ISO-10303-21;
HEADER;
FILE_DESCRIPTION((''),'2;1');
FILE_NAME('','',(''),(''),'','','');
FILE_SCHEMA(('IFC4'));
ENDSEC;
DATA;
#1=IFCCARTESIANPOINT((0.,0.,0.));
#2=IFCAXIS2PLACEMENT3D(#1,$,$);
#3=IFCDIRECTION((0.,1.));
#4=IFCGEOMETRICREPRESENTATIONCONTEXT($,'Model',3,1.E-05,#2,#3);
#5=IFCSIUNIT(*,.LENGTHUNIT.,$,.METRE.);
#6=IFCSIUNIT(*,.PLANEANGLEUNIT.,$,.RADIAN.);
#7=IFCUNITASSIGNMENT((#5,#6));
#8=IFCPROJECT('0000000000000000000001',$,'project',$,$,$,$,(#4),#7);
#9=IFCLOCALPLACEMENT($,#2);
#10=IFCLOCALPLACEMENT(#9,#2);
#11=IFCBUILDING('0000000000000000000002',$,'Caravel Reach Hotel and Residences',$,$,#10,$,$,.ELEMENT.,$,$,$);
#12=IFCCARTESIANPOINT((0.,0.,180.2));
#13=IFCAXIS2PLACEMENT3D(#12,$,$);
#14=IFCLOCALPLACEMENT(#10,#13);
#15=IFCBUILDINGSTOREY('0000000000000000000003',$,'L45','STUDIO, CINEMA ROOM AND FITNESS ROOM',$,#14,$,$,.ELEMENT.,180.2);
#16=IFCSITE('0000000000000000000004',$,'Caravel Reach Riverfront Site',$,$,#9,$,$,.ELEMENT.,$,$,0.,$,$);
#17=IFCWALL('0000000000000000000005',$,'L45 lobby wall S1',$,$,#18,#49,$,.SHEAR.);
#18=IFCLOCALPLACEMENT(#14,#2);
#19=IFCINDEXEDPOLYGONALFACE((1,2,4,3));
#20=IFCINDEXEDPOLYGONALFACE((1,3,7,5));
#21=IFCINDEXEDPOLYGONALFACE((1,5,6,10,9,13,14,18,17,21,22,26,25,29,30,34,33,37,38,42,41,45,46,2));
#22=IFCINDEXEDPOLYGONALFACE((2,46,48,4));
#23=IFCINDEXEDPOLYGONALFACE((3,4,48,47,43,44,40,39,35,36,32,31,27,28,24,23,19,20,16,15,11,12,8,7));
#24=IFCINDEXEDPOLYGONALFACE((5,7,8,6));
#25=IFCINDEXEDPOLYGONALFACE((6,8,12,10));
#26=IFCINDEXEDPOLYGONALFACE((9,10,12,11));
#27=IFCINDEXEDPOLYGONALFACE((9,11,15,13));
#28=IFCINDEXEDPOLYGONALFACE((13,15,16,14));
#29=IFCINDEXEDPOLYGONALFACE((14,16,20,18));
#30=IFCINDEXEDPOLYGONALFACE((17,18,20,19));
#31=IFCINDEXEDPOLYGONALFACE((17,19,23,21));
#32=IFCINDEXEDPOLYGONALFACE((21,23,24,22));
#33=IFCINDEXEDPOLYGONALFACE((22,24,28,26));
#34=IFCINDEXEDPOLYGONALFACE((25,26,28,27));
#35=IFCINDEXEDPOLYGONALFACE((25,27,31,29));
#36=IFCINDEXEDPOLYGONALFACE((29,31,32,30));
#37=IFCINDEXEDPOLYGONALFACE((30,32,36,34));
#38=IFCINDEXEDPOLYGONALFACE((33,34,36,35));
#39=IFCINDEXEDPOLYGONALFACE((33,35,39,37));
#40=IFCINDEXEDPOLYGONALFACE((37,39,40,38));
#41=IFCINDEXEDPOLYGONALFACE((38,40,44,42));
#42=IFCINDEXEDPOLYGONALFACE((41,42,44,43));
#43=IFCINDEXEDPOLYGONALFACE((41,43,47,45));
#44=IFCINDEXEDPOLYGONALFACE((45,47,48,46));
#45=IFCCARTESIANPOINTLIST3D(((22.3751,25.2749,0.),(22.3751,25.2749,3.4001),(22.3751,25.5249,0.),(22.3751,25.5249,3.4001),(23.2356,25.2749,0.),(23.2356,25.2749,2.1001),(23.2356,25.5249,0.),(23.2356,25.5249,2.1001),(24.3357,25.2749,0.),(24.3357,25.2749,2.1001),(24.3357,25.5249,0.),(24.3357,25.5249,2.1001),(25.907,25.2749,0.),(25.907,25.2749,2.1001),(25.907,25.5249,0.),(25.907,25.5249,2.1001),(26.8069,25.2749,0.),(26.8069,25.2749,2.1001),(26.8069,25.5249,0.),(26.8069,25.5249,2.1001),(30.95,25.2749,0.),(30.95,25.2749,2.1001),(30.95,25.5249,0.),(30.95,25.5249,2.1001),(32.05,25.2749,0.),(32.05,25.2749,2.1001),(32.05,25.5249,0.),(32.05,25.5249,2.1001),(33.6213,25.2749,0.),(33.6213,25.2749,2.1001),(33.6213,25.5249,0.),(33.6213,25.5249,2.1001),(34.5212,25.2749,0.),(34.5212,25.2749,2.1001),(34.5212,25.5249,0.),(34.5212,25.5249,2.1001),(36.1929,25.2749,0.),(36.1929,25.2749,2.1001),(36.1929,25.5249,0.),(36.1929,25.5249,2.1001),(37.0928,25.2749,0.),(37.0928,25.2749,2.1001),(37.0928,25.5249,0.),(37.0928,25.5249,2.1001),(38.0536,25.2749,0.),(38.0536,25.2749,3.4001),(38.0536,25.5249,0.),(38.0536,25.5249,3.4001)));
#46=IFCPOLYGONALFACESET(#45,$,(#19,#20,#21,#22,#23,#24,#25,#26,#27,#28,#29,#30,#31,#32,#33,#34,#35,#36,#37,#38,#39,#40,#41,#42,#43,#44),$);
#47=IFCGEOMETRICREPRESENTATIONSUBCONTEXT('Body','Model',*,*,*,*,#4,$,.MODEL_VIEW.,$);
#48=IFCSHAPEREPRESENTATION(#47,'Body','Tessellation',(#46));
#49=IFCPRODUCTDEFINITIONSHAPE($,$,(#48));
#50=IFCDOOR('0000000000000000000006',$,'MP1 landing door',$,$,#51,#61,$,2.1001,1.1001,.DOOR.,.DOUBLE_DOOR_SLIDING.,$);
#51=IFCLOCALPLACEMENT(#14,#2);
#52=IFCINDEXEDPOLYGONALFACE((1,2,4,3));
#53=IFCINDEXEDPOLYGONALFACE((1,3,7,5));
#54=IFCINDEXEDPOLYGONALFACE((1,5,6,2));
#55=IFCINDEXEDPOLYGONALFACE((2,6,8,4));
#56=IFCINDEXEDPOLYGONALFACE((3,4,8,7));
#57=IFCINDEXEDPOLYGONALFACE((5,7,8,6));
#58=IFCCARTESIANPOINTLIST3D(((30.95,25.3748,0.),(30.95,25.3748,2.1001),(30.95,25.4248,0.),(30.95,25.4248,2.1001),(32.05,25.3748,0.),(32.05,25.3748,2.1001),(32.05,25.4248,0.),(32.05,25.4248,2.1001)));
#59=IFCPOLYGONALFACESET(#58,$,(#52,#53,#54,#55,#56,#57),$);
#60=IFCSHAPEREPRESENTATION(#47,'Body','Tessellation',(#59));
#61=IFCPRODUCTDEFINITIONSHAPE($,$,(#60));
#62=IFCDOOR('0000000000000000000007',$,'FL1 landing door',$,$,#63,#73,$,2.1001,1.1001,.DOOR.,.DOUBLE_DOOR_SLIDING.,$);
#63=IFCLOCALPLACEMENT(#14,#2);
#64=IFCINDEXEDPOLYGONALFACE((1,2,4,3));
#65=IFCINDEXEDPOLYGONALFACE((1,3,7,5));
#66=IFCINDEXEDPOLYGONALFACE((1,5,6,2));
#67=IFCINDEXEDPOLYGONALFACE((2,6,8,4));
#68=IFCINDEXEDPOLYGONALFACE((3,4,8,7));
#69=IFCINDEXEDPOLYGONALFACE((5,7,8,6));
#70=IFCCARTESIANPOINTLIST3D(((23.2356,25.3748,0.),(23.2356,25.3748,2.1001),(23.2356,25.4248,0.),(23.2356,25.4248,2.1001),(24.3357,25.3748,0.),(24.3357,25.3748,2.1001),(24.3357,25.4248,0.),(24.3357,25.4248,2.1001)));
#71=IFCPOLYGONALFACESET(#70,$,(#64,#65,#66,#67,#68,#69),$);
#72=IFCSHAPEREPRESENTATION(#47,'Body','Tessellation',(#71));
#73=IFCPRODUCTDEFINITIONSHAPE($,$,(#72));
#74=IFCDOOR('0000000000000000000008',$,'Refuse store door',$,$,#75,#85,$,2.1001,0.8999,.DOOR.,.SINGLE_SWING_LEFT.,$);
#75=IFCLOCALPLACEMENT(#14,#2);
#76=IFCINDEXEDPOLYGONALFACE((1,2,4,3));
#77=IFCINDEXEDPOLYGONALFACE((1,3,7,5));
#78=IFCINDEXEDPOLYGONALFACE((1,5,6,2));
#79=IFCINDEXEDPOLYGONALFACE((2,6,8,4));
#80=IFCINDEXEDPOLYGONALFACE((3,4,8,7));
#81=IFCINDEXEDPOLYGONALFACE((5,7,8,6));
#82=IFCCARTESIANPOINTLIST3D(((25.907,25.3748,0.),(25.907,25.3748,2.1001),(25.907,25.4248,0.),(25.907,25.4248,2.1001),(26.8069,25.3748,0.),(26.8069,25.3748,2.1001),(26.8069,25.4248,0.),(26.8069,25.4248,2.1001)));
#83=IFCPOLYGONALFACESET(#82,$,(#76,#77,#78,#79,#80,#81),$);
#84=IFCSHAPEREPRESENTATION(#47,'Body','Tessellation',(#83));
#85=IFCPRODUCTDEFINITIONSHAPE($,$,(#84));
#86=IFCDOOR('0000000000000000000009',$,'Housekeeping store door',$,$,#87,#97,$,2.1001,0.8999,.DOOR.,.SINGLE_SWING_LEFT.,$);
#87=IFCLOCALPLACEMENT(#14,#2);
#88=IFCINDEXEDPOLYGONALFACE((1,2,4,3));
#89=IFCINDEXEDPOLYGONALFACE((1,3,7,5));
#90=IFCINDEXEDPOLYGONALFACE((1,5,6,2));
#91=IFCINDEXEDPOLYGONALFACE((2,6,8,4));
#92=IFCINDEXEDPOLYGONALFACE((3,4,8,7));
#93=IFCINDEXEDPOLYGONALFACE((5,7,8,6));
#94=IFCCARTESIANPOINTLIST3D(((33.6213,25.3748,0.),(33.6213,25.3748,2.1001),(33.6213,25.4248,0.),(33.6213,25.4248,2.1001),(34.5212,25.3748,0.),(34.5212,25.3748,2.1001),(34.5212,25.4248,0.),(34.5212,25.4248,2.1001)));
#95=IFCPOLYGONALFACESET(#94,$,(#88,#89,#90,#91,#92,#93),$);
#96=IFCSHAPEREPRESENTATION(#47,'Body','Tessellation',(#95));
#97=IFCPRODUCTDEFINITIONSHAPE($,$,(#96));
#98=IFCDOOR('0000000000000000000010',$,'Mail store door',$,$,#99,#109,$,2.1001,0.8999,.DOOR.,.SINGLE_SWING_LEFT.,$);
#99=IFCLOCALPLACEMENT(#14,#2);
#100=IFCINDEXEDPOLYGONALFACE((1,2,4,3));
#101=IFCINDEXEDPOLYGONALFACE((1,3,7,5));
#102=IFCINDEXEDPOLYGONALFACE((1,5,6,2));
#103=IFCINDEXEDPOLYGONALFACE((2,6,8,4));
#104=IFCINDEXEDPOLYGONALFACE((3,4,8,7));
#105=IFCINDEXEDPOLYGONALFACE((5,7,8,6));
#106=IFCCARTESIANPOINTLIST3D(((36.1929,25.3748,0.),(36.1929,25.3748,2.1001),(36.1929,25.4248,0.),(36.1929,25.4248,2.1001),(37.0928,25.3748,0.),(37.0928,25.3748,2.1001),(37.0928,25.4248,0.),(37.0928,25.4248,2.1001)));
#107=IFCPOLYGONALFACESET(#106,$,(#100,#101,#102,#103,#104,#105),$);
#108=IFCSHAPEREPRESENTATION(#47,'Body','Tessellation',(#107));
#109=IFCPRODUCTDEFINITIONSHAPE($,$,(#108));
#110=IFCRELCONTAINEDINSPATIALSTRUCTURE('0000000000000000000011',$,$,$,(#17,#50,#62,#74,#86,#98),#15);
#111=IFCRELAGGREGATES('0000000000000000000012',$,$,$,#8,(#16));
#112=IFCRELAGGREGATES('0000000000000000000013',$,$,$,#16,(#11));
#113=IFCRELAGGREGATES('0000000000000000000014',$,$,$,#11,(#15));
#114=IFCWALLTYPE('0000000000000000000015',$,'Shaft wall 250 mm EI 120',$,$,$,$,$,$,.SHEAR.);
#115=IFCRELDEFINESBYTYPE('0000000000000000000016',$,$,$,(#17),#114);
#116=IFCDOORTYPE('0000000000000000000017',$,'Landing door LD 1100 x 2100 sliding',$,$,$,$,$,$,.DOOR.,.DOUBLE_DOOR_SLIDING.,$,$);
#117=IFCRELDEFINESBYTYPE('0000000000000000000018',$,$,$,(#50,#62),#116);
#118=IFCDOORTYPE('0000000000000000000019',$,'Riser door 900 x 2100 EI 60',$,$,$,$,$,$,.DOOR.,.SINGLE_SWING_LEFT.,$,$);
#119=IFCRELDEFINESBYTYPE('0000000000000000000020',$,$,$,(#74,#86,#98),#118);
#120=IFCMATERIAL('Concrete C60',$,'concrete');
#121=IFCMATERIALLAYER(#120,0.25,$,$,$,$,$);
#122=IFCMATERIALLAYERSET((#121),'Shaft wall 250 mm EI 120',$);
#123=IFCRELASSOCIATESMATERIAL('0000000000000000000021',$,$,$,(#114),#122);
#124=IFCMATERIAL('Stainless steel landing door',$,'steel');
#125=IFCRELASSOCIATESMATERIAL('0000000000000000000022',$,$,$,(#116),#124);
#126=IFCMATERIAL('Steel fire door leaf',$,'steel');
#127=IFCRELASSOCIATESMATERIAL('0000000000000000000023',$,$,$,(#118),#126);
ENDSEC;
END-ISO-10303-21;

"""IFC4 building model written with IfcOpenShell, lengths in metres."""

from ifc_helpers import new_model, si_unit, direction, frame, frame_2d, origin, place, context, subcontext, project, spatial, rectangle, extrude, material, layer, layer_set, type_object, element, fill, save


model = new_model("IFC4")

# Units and contexts
model_context = context("Model", 3, precision=1e-05, world=origin(), true_north=direction((0.0, 1.0)))
body_context = subcontext(model_context, "Body", "Model", "MODEL_VIEW")
ifc_project = project(units=[si_unit("LENGTHUNIT", "METRE"), si_unit("PLANEANGLEUNIT", "RADIAN")], contexts=[model_context])

# Site, building, storey
site_placement = place(None, origin())
site = spatial("IfcSite", under=ifc_project, at=site_placement, Name="Caravel Reach Riverfront Site", CompositionType="ELEMENT", RefElevation=0.0)
building_placement = place(site_placement, origin())
building = spatial("IfcBuilding", under=site, at=building_placement, Name="Caravel Reach Hotel and Residences", CompositionType="ELEMENT")
storey_placement = place(building_placement, frame((0.0, 0.0, 180.2)))
storey = spatial("IfcBuildingStorey", under=building, at=storey_placement, Name="L45", Description="STUDIO, CINEMA ROOM AND FITNESS ROOM", CompositionType="ELEMENT", Elevation=180.2)

# Wall, openings, doors
ifc_material_1 = material(Name="Concrete C60", Category="concrete")
ifc_layer_1 = layer(ifc_material_1, 0.25)
ifc_layer_set_1 = layer_set([ifc_layer_1], Name="Shaft wall 250 mm EI 120")
wall_type_1 = type_object("IfcWallType", Name="Shaft wall 250 mm EI 120", PredefinedType="SHEAR", material=ifc_layer_set_1)
wall_1_placement = place(storey_placement, frame((22.375, 25.3999, 0.0), z_axis=(0.0, 0.0, 1.0), x_axis=(1.0, 0.0, 0.0)))
wall_1 = element("IfcWall", 1, at=wall_1_placement, inside=storey, type_object=wall_type_1, Name="L45 lobby wall S1", PredefinedType="SHEAR", context=body_context, shape_type="SweptSolid", body=[
    extrude(rectangle(XDim=15.6785, YDim=0.25, at=frame_2d((7.8394, 0.0))), origin(), (0.0, 0.0, 1.0), 3.4001),
])
opening_1_placement = place(wall_1_placement, frame((8.575, 0.0, 0.0)))
opening_1 = element("IfcOpeningElement", 2, at=opening_1_placement, cuts=wall_1, PredefinedType="OPENING", context=body_context, shape_type="SweptSolid", body=[
    extrude(rectangle(XDim=1.1001, YDim=2.1001, at=frame_2d((0.55, 1.05))), frame((0.0, 0.135, 0.0), z_axis=(0.0, -1.0, 0.0), x_axis=(1.0, 0.0, 0.0)), (0.0, 0.0, 1.0), 0.27),
])
opening_2_placement = place(wall_1_placement, frame((0.8606, 0.0, 0.0)))
opening_2 = element("IfcOpeningElement", 3, at=opening_2_placement, cuts=wall_1, PredefinedType="OPENING", context=body_context, shape_type="SweptSolid", body=[
    extrude(rectangle(XDim=1.1001, YDim=2.1001, at=frame_2d((0.55, 1.05))), frame((0.0, 0.135, 0.0), z_axis=(0.0, -1.0, 0.0), x_axis=(1.0, 0.0, 0.0)), (0.0, 0.0, 1.0), 0.27),
])
opening_3_placement = place(wall_1_placement, frame((3.532, 0.0, 0.0)))
opening_3 = element("IfcOpeningElement", 4, at=opening_3_placement, cuts=wall_1, PredefinedType="OPENING", context=body_context, shape_type="SweptSolid", body=[
    extrude(rectangle(XDim=0.8999, YDim=2.1001, at=frame_2d((0.45, 1.05))), frame((0.0, 0.135, 0.0), z_axis=(0.0, -1.0, 0.0), x_axis=(1.0, 0.0, 0.0)), (0.0, 0.0, 1.0), 0.27),
])
opening_4_placement = place(wall_1_placement, frame((11.2463, 0.0, 0.0)))
opening_4 = element("IfcOpeningElement", 5, at=opening_4_placement, cuts=wall_1, PredefinedType="OPENING", context=body_context, shape_type="SweptSolid", body=[
    extrude(rectangle(XDim=0.8999, YDim=2.1001, at=frame_2d((0.45, 1.05))), frame((0.0, 0.135, 0.0), z_axis=(0.0, -1.0, 0.0), x_axis=(1.0, 0.0, 0.0)), (0.0, 0.0, 1.0), 0.27),
])
opening_5_placement = place(wall_1_placement, frame((13.8179, 0.0, 0.0)))
opening_5 = element("IfcOpeningElement", 6, at=opening_5_placement, cuts=wall_1, PredefinedType="OPENING", context=body_context, shape_type="SweptSolid", body=[
    extrude(rectangle(XDim=0.8999, YDim=2.1001, at=frame_2d((0.45, 1.05))), frame((0.0, 0.135, 0.0), z_axis=(0.0, -1.0, 0.0), x_axis=(1.0, 0.0, 0.0)), (0.0, 0.0, 1.0), 0.27),
])
ifc_material_2 = material(Name="Stainless steel landing door", Category="steel")
door_type_1 = type_object("IfcDoorType", Name="Landing door LD 1100 x 2100 sliding", OperationType="DOUBLE_DOOR_SLIDING", PredefinedType="DOOR", material=ifc_material_2)
door_1_placement = place(opening_1_placement, origin())
door_1 = element("IfcDoor", 7, at=door_1_placement, inside=storey, type_object=door_type_1, Name="MP1 landing door", OperationType="DOUBLE_DOOR_SLIDING", OverallHeight=2.1001, OverallWidth=1.1001, PredefinedType="DOOR", context=body_context, shape_type="SweptSolid", body=[
    extrude(rectangle(XDim=1.1001, YDim=2.1001, at=frame_2d((0.55, 1.05))), frame((0.0, 0.0249, 0.0), z_axis=(0.0, -1.0, 0.0), x_axis=(1.0, 0.0, 0.0)), (0.0, 0.0, 1.0), 0.05),
])
fill(opening_1, door_1)
door_2_placement = place(opening_2_placement, origin())
door_2 = element("IfcDoor", 8, at=door_2_placement, inside=storey, type_object=door_type_1, Name="FL1 landing door", OperationType="DOUBLE_DOOR_SLIDING", OverallHeight=2.1001, OverallWidth=1.1001, PredefinedType="DOOR", context=body_context, shape_type="SweptSolid", body=[
    extrude(rectangle(XDim=1.1001, YDim=2.1001, at=frame_2d((0.55, 1.05))), frame((0.0, 0.0249, 0.0), z_axis=(0.0, -1.0, 0.0), x_axis=(1.0, 0.0, 0.0)), (0.0, 0.0, 1.0), 0.05),
])
fill(opening_2, door_2)
ifc_material_3 = material(Name="Steel fire door leaf", Category="steel")
door_type_2 = type_object("IfcDoorType", Name="Riser door 900 x 2100 EI 60", OperationType="SINGLE_SWING_LEFT", PredefinedType="DOOR", material=ifc_material_3)
door_3_placement = place(opening_3_placement, origin())
door_3 = element("IfcDoor", 9, at=door_3_placement, inside=storey, type_object=door_type_2, Name="Refuse store door", OperationType="SINGLE_SWING_LEFT", OverallHeight=2.1001, OverallWidth=0.8999, PredefinedType="DOOR", context=body_context, shape_type="SweptSolid", body=[
    extrude(rectangle(XDim=0.8999, YDim=2.1001, at=frame_2d((0.45, 1.05))), frame((0.0, 0.0249, 0.0), z_axis=(0.0, -1.0, 0.0), x_axis=(1.0, 0.0, 0.0)), (0.0, 0.0, 1.0), 0.05),
])
fill(opening_3, door_3)
door_4_placement = place(opening_4_placement, origin())
door_4 = element("IfcDoor", 10, at=door_4_placement, inside=storey, type_object=door_type_2, Name="Housekeeping store door", OperationType="SINGLE_SWING_LEFT", OverallHeight=2.1001, OverallWidth=0.8999, PredefinedType="DOOR", context=body_context, shape_type="SweptSolid", body=[
    extrude(rectangle(XDim=0.8999, YDim=2.1001, at=frame_2d((0.45, 1.05))), frame((0.0, 0.0249, 0.0), z_axis=(0.0, -1.0, 0.0), x_axis=(1.0, 0.0, 0.0)), (0.0, 0.0, 1.0), 0.05),
])
fill(opening_4, door_4)
door_5_placement = place(opening_5_placement, origin())
door_5 = element("IfcDoor", 11, at=door_5_placement, inside=storey, type_object=door_type_2, Name="Mail store door", OperationType="SINGLE_SWING_LEFT", OverallHeight=2.1001, OverallWidth=0.8999, PredefinedType="DOOR", context=body_context, shape_type="SweptSolid", body=[
    extrude(rectangle(XDim=0.8999, YDim=2.1001, at=frame_2d((0.45, 1.05))), frame((0.0, 0.0249, 0.0), z_axis=(0.0, -1.0, 0.0), x_axis=(1.0, 0.0, 0.0)), (0.0, 0.0, 1.0), 0.05),
])
fill(opening_5, door_5)

save(model, "model.ifc")
